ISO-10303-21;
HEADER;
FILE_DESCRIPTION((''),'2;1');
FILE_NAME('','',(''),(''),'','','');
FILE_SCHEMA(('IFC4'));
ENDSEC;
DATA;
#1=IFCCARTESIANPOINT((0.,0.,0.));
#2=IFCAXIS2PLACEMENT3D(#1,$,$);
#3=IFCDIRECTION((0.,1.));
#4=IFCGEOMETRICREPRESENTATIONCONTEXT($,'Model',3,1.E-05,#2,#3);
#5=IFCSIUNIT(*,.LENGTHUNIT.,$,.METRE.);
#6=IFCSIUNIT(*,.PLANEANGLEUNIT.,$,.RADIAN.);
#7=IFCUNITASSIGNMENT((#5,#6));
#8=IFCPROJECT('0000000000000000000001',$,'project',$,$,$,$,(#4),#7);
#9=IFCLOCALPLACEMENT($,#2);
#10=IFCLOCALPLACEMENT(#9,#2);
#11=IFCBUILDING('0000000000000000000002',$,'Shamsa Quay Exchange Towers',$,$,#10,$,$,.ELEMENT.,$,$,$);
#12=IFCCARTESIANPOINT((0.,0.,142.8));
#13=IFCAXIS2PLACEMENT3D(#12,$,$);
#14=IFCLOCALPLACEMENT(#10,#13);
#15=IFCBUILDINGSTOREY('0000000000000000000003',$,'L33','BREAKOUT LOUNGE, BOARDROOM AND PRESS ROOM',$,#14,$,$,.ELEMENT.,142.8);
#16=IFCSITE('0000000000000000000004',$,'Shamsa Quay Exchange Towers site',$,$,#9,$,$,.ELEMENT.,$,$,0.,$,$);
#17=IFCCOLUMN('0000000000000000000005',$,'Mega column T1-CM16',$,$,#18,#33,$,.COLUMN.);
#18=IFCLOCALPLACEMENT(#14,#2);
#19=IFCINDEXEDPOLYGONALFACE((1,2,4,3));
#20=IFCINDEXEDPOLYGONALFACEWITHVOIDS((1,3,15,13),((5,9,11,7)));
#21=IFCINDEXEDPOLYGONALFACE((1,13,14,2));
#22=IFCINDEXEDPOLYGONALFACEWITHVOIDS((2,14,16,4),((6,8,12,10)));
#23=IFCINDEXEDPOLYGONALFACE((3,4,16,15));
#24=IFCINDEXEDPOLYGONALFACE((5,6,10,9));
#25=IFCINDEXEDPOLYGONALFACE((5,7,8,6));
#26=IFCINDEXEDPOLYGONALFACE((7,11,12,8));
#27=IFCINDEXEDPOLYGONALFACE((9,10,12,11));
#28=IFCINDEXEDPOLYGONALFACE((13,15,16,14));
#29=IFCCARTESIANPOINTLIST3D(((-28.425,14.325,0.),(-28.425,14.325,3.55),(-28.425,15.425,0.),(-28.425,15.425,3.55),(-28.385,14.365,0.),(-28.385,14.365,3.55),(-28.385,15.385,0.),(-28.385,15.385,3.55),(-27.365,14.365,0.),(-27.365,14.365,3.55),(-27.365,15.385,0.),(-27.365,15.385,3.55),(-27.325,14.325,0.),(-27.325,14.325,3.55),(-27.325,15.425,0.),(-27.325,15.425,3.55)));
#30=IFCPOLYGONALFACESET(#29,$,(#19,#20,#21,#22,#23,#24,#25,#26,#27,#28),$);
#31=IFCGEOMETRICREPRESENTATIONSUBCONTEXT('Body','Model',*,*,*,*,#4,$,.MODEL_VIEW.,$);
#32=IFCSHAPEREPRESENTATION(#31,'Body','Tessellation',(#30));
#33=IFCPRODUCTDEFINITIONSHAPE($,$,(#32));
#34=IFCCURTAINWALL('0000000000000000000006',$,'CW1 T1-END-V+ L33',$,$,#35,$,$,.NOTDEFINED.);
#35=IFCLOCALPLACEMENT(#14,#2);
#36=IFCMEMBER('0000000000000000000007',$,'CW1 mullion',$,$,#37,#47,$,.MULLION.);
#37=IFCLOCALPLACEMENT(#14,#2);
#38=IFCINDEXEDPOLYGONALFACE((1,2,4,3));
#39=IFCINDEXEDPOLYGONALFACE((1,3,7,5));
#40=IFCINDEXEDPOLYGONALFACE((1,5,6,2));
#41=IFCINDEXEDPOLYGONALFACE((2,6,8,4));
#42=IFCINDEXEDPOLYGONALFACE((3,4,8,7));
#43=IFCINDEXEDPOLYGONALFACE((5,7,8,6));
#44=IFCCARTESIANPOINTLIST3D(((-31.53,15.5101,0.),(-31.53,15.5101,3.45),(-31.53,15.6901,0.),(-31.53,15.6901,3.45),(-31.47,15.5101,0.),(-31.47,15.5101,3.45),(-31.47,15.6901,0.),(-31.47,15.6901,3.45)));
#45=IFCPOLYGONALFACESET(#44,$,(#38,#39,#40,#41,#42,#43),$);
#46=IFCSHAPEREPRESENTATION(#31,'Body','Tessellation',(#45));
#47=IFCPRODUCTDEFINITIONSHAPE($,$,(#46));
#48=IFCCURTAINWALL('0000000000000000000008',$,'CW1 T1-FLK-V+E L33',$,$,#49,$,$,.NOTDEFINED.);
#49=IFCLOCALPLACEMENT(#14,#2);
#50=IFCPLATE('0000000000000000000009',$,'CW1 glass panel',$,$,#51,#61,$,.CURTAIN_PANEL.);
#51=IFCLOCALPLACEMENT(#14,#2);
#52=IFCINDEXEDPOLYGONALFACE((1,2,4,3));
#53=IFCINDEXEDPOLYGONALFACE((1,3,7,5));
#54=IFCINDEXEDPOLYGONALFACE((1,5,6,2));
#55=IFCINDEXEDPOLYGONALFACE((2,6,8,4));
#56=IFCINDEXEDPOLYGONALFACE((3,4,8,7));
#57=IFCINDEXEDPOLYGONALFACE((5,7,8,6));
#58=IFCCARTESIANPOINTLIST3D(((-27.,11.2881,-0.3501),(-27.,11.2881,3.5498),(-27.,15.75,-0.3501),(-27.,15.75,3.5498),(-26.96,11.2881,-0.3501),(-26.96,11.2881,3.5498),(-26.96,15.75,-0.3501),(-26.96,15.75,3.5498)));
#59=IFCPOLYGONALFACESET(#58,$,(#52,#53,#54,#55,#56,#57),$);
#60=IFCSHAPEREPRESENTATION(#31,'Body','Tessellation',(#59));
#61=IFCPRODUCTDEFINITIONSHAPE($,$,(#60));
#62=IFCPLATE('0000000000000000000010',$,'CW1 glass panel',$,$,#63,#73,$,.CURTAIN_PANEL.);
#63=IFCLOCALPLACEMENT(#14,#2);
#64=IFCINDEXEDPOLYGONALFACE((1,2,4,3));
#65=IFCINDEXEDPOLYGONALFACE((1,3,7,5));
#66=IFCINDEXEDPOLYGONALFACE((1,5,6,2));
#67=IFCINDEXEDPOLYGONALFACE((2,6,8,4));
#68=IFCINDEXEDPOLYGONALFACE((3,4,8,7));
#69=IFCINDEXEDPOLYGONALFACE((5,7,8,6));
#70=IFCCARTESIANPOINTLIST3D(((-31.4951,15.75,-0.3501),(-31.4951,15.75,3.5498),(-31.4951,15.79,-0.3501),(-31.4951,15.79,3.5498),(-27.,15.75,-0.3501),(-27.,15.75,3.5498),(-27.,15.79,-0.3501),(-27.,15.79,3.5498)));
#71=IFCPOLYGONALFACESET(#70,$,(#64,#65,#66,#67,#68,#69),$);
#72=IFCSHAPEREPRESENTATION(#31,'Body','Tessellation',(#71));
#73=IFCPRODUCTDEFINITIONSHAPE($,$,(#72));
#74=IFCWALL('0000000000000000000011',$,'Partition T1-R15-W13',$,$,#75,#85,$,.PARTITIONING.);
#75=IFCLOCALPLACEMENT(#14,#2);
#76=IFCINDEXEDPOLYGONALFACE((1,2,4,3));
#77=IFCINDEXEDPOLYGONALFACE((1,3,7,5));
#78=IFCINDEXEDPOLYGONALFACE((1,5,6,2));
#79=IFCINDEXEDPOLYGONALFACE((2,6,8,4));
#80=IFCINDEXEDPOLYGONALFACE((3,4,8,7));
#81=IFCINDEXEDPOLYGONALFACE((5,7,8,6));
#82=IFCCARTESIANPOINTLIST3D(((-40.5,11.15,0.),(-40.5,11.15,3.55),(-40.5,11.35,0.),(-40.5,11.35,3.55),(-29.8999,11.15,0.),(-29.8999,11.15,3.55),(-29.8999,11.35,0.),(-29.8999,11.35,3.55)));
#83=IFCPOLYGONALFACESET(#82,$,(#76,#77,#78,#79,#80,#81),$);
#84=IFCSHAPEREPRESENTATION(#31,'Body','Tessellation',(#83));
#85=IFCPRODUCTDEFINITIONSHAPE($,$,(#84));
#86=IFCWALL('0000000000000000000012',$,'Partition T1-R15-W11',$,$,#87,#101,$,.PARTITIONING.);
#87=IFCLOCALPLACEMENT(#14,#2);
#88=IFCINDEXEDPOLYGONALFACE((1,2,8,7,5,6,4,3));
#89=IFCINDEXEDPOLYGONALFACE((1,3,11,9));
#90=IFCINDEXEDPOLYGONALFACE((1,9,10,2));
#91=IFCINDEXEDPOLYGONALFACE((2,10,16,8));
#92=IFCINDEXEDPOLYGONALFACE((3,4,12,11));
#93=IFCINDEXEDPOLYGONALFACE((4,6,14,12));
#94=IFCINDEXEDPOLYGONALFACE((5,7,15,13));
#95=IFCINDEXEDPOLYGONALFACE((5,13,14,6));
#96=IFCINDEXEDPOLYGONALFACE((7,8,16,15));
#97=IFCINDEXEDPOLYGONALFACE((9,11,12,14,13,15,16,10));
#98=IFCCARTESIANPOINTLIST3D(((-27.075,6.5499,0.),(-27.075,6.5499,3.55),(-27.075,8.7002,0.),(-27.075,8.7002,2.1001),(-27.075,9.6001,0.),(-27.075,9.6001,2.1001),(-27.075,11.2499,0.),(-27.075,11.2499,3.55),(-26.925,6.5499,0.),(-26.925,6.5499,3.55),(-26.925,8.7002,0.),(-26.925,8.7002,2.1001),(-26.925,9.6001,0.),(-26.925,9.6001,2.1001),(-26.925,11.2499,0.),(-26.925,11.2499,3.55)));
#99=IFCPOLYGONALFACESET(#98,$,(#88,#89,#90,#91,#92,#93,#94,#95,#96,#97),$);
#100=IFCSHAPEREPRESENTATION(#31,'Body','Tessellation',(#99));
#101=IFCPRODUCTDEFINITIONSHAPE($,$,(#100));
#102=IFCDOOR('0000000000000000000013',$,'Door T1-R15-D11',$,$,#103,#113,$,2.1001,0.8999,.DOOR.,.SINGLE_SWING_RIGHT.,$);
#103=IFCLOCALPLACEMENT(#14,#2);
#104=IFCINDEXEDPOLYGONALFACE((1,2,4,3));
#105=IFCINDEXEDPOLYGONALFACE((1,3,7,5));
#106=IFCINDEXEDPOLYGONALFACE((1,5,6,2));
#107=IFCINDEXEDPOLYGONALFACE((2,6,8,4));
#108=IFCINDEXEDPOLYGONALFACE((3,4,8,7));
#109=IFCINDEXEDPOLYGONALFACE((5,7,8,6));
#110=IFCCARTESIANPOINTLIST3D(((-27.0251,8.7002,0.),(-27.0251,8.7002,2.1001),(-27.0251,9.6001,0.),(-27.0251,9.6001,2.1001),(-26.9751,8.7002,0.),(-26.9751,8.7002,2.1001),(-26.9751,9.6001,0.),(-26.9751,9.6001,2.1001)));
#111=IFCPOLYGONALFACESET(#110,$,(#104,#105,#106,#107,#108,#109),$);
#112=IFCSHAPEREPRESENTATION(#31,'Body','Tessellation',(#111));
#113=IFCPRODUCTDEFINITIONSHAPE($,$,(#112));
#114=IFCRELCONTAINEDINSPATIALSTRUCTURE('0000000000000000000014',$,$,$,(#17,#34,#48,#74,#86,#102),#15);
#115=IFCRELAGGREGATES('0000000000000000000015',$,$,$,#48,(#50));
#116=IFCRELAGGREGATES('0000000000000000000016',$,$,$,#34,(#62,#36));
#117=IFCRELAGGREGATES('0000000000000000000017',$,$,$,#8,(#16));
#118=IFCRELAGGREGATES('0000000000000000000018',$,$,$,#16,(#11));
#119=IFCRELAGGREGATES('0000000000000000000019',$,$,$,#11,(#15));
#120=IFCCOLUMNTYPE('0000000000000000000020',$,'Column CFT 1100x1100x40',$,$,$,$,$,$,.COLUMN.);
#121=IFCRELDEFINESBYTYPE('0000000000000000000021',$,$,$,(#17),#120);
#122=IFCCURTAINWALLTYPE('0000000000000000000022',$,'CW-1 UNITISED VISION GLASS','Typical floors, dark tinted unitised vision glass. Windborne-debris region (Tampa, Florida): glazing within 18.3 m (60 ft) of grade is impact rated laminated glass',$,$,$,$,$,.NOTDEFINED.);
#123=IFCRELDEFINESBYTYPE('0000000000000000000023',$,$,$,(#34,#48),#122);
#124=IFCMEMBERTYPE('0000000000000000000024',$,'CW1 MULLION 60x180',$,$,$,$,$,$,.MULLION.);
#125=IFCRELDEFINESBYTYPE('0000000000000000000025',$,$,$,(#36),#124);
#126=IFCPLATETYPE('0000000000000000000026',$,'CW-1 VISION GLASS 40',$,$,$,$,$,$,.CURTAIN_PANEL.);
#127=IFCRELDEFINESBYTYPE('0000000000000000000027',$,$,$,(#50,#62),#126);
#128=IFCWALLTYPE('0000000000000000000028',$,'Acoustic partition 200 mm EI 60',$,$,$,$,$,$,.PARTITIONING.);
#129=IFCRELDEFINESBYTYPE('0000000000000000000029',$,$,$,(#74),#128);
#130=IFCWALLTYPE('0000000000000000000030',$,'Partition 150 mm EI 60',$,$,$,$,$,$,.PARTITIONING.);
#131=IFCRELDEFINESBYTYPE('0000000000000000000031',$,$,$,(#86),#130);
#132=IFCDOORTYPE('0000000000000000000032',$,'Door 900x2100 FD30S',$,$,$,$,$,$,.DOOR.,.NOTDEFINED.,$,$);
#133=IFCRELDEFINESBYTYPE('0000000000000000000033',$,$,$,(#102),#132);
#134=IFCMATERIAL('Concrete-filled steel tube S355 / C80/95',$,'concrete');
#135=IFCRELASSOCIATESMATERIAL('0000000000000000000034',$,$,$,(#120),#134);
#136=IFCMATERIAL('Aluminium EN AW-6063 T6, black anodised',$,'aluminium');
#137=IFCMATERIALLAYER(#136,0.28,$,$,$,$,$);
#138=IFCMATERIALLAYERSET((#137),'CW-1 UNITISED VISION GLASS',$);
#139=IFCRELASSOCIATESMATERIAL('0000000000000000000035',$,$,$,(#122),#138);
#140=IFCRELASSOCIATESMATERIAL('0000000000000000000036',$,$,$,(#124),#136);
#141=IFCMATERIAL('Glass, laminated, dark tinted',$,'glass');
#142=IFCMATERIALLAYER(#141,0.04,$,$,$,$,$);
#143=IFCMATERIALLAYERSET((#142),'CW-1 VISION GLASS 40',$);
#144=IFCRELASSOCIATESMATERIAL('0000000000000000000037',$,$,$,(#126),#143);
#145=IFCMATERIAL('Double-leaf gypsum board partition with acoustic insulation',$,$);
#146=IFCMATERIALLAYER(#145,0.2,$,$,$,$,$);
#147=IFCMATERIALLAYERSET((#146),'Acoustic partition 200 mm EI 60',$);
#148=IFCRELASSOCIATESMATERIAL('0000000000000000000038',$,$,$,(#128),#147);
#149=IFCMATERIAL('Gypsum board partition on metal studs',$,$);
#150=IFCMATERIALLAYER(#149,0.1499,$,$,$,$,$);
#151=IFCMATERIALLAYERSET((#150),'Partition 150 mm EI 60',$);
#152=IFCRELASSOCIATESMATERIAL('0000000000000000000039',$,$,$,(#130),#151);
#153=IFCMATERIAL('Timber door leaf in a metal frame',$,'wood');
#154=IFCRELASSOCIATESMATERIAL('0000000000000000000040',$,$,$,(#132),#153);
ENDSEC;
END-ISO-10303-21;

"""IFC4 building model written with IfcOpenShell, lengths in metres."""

from ifc_helpers import new_model, si_unit, direction, frame, frame_2d, origin, origin_2d, place, context, subcontext, project, spatial, rectangle, hollow_rectangle, extrude, material, layer, layer_set, material_profile, profile_set, type_object, element, fill, aggregate, save


model = new_model("IFC4")

# Units and contexts
model_context = context("Model", 3, precision=1e-05, world=origin(), true_north=direction((0.0, 1.0)))
body_context = subcontext(model_context, "Body", "Model", "MODEL_VIEW")
ifc_project = project(units=[si_unit("LENGTHUNIT", "METRE"), si_unit("PLANEANGLEUNIT", "RADIAN")], contexts=[model_context])

# Site, building, storey
site_placement = place(None, origin())
site = spatial("IfcSite", under=ifc_project, at=site_placement, Name="Shamsa Quay Exchange Towers site", CompositionType="ELEMENT", RefElevation=0.0)
building_placement = place(site_placement, origin())
building = spatial("IfcBuilding", under=site, at=building_placement, Name="Shamsa Quay Exchange Towers", CompositionType="ELEMENT")
storey_placement = place(building_placement, frame((0.0, 0.0, 142.8)))
storey = spatial("IfcBuildingStorey", under=building, at=storey_placement, Name="L33", Description="BREAKOUT LOUNGE, BOARDROOM AND PRESS ROOM", CompositionType="ELEMENT", Elevation=142.8)

# Column
ifc_material_1 = material(Name="Concrete-filled steel tube S355 / C80/95", Category="concrete")
ifc_material_profile_1 = material_profile(ifc_material_1, hollow_rectangle(XDim=1.1001, YDim=1.1001, WallThickness=0.04, at=origin_2d()), Name="CFT 1100x1100x40")
ifc_profile_set_1 = profile_set([ifc_material_profile_1], Name="Concrete-filled steel tube S355 / C80/95")
column_type = type_object("IfcColumnType", Name="Column CFT 1100x1100x40", PredefinedType="COLUMN", material=ifc_profile_set_1)
column_placement = place(storey_placement, frame((-27.875, 14.875, 0.0)))
element("IfcColumn", 1, at=column_placement, inside=storey, type_object=column_type, Name="Mega column T1-CM16", PredefinedType="COLUMN", context=body_context, shape_type="SweptSolid", body=[
    extrude(hollow_rectangle(XDim=1.1001, YDim=1.1001, WallThickness=0.04, at=origin_2d()), origin(), (0.0, 0.0, 1.0), 3.55),
])

# Curtain wall, member
ifc_material_2 = material(Name="Aluminium EN AW-6063 T6, black anodised", Category="aluminium")
ifc_layer_1 = layer(ifc_material_2, 0.28)
ifc_layer_set_1 = layer_set([ifc_layer_1], Name="CW-1 UNITISED VISION GLASS")
curtain_wall_type = type_object("IfcCurtainWallType", Name="CW-1 UNITISED VISION GLASS", Description="Typical floors, dark tinted unitised vision glass. Windborne-debris region (Tampa, Florida): glazing within 18.3 m (60 ft) of grade is impact rated laminated glass", PredefinedType="NOTDEFINED", material=ifc_layer_set_1)
curtain_wall_1_placement = place(storey_placement, origin())
curtain_wall_1 = element("IfcCurtainWall", 2, at=curtain_wall_1_placement, inside=storey, type_object=curtain_wall_type, Name="CW1 T1-END-V+ L33", PredefinedType="NOTDEFINED")
ifc_material_profile_2 = material_profile(ifc_material_2, rectangle(XDim=0.1799, YDim=0.0601, at=origin_2d()), Name="MU60x180")
ifc_profile_set_2 = profile_set([ifc_material_profile_2], Name="Aluminium EN AW-6063 T6, black anodised")
member_type = type_object("IfcMemberType", Name="CW1 MULLION 60x180", PredefinedType="MULLION", material=ifc_profile_set_2)
member_placement = place(storey_placement, frame((-31.5, 15.6001, 0.0), z_axis=(0.0, 0.0, 1.0), x_axis=(0.0, -1.0, 0.0)))
member = element("IfcMember", 3, at=member_placement, type_object=member_type, Name="CW1 mullion", PredefinedType="MULLION", context=body_context, shape_type="SweptSolid", body=[
    extrude(rectangle(XDim=0.1799, YDim=0.0601, at=origin_2d()), origin(), (0.0, 0.0, 1.0), 3.45),
])

# Curtain wall, plate
curtain_wall_2_placement = place(storey_placement, origin())
curtain_wall_2 = element("IfcCurtainWall", 4, at=curtain_wall_2_placement, inside=storey, type_object=curtain_wall_type, Name="CW1 T1-FLK-V+E L33", PredefinedType="NOTDEFINED")
ifc_material_3 = material(Name="Glass, laminated, dark tinted", Category="glass")
ifc_layer_2 = layer(ifc_material_3, 0.04)
ifc_layer_set_2 = layer_set([ifc_layer_2], Name="CW-1 VISION GLASS 40")
plate_type = type_object("IfcPlateType", Name="CW-1 VISION GLASS 40", PredefinedType="CURTAIN_PANEL", material=ifc_layer_set_2)
plate_1_placement = place(storey_placement, frame((-26.98, 13.519, -0.3501), z_axis=(0.0, 0.0, 1.0), x_axis=(0.0, 1.0, 0.0)))
plate_1 = element("IfcPlate", 5, at=plate_1_placement, type_object=plate_type, Name="CW1 glass panel", PredefinedType="CURTAIN_PANEL", context=body_context, shape_type="SweptSolid", body=[
    extrude(rectangle(XDim=4.4619, YDim=0.04, at=origin_2d()), origin(), (0.0, 0.0, 1.0), 3.8999),
])
aggregate(curtain_wall_2, [plate_1])

# Plate
plate_2_placement = place(storey_placement, frame((-29.2476, 15.77, -0.3501), z_axis=(0.0, 0.0, 1.0), x_axis=(-1.0, 0.0, 0.0)))
plate_2 = element("IfcPlate", 6, at=plate_2_placement, type_object=plate_type, Name="CW1 glass panel", PredefinedType="CURTAIN_PANEL", context=body_context, shape_type="SweptSolid", body=[
    extrude(rectangle(XDim=4.4951, YDim=0.04, at=origin_2d()), origin(), (0.0, 0.0, 1.0), 3.8999),
])
aggregate(curtain_wall_1, [plate_2, member])

# Shared definitions
ifc_material_4 = material(Name="Double-leaf gypsum board partition with acoustic insulation")
ifc_layer_3 = layer(ifc_material_4, 0.2)
ifc_layer_set_3 = layer_set([ifc_layer_3], Name="Acoustic partition 200 mm EI 60")
wall_type_1 = type_object("IfcWallType", Name="Acoustic partition 200 mm EI 60", PredefinedType="PARTITIONING", material=ifc_layer_set_3)
ifc_material_5 = material(Name="Timber door leaf in a metal frame", Category="wood")

# Wall
wall_1_placement = place(storey_placement, frame((-29.8999, 11.25, 0.0), z_axis=(0.0, 0.0, 1.0), x_axis=(-1.0, 0.0, 0.0)))
element("IfcWall", 7, at=wall_1_placement, inside=storey, type_object=wall_type_1, Name="Partition T1-R15-W13", PredefinedType="PARTITIONING", context=body_context, shape_type="SweptSolid", body=[
    extrude(rectangle(XDim=10.6001, YDim=0.2, at=frame_2d((5.3, 0.0))), origin(), (0.0, 0.0, 1.0), 3.55),
])

# Wall, opening, door
ifc_material_6 = material(Name="Gypsum board partition on metal studs")
ifc_layer_4 = layer(ifc_material_6, 0.1499)
ifc_layer_set_4 = layer_set([ifc_layer_4], Name="Partition 150 mm EI 60")
wall_type_2 = type_object("IfcWallType", Name="Partition 150 mm EI 60", PredefinedType="PARTITIONING", material=ifc_layer_set_4)
wall_2_placement = place(storey_placement, frame((-27.0, 11.25, 0.0), z_axis=(0.0, 0.0, 1.0), x_axis=(0.0, -1.0, 0.0)))
wall_2 = element("IfcWall", 8, at=wall_2_placement, inside=storey, type_object=wall_type_2, Name="Partition T1-R15-W11", PredefinedType="PARTITIONING", context=body_context, shape_type="SweptSolid", body=[
    extrude(rectangle(XDim=4.7, YDim=0.1499, at=frame_2d((2.3501, 0.0))), origin(), (0.0, 0.0, 1.0), 3.55),
])
opening_1_placement = place(wall_2_placement, frame((1.6499, 0.0, 0.0)))
opening_1 = element("IfcOpeningElement", 9, at=opening_1_placement, cuts=wall_2, PredefinedType="OPENING", context=body_context, shape_type="SweptSolid", body=[
    extrude(rectangle(XDim=0.8999, YDim=2.1001, at=frame_2d((0.45, 1.05))), frame((0.0, 0.085, 0.0), z_axis=(0.0, -1.0, 0.0), x_axis=(1.0, 0.0, 0.0)), (0.0, 0.0, 1.0), 0.1699),
])
door_type_1 = type_object("IfcDoorType", Name="Door 900x2100 FD30S", OperationType="NOTDEFINED", PredefinedType="DOOR", material=ifc_material_5)
door_1_placement = place(opening_1_placement, origin())
door_1 = element("IfcDoor", 10, at=door_1_placement, inside=storey, type_object=door_type_1, Name="Door T1-R15-D11", OperationType="SINGLE_SWING_RIGHT", OverallHeight=2.1001, OverallWidth=0.8999, PredefinedType="DOOR", context=body_context, shape_type="SweptSolid", body=[
    extrude(rectangle(XDim=0.8999, YDim=2.1001, at=frame_2d((0.45, 1.05))), frame((0.0, 0.0249, 0.0), z_axis=(0.0, -1.0, 0.0), x_axis=(1.0, 0.0, 0.0)), (0.0, 0.0, 1.0), 0.05),
])
fill(opening_1, door_1)

save(model, "model.ifc")
